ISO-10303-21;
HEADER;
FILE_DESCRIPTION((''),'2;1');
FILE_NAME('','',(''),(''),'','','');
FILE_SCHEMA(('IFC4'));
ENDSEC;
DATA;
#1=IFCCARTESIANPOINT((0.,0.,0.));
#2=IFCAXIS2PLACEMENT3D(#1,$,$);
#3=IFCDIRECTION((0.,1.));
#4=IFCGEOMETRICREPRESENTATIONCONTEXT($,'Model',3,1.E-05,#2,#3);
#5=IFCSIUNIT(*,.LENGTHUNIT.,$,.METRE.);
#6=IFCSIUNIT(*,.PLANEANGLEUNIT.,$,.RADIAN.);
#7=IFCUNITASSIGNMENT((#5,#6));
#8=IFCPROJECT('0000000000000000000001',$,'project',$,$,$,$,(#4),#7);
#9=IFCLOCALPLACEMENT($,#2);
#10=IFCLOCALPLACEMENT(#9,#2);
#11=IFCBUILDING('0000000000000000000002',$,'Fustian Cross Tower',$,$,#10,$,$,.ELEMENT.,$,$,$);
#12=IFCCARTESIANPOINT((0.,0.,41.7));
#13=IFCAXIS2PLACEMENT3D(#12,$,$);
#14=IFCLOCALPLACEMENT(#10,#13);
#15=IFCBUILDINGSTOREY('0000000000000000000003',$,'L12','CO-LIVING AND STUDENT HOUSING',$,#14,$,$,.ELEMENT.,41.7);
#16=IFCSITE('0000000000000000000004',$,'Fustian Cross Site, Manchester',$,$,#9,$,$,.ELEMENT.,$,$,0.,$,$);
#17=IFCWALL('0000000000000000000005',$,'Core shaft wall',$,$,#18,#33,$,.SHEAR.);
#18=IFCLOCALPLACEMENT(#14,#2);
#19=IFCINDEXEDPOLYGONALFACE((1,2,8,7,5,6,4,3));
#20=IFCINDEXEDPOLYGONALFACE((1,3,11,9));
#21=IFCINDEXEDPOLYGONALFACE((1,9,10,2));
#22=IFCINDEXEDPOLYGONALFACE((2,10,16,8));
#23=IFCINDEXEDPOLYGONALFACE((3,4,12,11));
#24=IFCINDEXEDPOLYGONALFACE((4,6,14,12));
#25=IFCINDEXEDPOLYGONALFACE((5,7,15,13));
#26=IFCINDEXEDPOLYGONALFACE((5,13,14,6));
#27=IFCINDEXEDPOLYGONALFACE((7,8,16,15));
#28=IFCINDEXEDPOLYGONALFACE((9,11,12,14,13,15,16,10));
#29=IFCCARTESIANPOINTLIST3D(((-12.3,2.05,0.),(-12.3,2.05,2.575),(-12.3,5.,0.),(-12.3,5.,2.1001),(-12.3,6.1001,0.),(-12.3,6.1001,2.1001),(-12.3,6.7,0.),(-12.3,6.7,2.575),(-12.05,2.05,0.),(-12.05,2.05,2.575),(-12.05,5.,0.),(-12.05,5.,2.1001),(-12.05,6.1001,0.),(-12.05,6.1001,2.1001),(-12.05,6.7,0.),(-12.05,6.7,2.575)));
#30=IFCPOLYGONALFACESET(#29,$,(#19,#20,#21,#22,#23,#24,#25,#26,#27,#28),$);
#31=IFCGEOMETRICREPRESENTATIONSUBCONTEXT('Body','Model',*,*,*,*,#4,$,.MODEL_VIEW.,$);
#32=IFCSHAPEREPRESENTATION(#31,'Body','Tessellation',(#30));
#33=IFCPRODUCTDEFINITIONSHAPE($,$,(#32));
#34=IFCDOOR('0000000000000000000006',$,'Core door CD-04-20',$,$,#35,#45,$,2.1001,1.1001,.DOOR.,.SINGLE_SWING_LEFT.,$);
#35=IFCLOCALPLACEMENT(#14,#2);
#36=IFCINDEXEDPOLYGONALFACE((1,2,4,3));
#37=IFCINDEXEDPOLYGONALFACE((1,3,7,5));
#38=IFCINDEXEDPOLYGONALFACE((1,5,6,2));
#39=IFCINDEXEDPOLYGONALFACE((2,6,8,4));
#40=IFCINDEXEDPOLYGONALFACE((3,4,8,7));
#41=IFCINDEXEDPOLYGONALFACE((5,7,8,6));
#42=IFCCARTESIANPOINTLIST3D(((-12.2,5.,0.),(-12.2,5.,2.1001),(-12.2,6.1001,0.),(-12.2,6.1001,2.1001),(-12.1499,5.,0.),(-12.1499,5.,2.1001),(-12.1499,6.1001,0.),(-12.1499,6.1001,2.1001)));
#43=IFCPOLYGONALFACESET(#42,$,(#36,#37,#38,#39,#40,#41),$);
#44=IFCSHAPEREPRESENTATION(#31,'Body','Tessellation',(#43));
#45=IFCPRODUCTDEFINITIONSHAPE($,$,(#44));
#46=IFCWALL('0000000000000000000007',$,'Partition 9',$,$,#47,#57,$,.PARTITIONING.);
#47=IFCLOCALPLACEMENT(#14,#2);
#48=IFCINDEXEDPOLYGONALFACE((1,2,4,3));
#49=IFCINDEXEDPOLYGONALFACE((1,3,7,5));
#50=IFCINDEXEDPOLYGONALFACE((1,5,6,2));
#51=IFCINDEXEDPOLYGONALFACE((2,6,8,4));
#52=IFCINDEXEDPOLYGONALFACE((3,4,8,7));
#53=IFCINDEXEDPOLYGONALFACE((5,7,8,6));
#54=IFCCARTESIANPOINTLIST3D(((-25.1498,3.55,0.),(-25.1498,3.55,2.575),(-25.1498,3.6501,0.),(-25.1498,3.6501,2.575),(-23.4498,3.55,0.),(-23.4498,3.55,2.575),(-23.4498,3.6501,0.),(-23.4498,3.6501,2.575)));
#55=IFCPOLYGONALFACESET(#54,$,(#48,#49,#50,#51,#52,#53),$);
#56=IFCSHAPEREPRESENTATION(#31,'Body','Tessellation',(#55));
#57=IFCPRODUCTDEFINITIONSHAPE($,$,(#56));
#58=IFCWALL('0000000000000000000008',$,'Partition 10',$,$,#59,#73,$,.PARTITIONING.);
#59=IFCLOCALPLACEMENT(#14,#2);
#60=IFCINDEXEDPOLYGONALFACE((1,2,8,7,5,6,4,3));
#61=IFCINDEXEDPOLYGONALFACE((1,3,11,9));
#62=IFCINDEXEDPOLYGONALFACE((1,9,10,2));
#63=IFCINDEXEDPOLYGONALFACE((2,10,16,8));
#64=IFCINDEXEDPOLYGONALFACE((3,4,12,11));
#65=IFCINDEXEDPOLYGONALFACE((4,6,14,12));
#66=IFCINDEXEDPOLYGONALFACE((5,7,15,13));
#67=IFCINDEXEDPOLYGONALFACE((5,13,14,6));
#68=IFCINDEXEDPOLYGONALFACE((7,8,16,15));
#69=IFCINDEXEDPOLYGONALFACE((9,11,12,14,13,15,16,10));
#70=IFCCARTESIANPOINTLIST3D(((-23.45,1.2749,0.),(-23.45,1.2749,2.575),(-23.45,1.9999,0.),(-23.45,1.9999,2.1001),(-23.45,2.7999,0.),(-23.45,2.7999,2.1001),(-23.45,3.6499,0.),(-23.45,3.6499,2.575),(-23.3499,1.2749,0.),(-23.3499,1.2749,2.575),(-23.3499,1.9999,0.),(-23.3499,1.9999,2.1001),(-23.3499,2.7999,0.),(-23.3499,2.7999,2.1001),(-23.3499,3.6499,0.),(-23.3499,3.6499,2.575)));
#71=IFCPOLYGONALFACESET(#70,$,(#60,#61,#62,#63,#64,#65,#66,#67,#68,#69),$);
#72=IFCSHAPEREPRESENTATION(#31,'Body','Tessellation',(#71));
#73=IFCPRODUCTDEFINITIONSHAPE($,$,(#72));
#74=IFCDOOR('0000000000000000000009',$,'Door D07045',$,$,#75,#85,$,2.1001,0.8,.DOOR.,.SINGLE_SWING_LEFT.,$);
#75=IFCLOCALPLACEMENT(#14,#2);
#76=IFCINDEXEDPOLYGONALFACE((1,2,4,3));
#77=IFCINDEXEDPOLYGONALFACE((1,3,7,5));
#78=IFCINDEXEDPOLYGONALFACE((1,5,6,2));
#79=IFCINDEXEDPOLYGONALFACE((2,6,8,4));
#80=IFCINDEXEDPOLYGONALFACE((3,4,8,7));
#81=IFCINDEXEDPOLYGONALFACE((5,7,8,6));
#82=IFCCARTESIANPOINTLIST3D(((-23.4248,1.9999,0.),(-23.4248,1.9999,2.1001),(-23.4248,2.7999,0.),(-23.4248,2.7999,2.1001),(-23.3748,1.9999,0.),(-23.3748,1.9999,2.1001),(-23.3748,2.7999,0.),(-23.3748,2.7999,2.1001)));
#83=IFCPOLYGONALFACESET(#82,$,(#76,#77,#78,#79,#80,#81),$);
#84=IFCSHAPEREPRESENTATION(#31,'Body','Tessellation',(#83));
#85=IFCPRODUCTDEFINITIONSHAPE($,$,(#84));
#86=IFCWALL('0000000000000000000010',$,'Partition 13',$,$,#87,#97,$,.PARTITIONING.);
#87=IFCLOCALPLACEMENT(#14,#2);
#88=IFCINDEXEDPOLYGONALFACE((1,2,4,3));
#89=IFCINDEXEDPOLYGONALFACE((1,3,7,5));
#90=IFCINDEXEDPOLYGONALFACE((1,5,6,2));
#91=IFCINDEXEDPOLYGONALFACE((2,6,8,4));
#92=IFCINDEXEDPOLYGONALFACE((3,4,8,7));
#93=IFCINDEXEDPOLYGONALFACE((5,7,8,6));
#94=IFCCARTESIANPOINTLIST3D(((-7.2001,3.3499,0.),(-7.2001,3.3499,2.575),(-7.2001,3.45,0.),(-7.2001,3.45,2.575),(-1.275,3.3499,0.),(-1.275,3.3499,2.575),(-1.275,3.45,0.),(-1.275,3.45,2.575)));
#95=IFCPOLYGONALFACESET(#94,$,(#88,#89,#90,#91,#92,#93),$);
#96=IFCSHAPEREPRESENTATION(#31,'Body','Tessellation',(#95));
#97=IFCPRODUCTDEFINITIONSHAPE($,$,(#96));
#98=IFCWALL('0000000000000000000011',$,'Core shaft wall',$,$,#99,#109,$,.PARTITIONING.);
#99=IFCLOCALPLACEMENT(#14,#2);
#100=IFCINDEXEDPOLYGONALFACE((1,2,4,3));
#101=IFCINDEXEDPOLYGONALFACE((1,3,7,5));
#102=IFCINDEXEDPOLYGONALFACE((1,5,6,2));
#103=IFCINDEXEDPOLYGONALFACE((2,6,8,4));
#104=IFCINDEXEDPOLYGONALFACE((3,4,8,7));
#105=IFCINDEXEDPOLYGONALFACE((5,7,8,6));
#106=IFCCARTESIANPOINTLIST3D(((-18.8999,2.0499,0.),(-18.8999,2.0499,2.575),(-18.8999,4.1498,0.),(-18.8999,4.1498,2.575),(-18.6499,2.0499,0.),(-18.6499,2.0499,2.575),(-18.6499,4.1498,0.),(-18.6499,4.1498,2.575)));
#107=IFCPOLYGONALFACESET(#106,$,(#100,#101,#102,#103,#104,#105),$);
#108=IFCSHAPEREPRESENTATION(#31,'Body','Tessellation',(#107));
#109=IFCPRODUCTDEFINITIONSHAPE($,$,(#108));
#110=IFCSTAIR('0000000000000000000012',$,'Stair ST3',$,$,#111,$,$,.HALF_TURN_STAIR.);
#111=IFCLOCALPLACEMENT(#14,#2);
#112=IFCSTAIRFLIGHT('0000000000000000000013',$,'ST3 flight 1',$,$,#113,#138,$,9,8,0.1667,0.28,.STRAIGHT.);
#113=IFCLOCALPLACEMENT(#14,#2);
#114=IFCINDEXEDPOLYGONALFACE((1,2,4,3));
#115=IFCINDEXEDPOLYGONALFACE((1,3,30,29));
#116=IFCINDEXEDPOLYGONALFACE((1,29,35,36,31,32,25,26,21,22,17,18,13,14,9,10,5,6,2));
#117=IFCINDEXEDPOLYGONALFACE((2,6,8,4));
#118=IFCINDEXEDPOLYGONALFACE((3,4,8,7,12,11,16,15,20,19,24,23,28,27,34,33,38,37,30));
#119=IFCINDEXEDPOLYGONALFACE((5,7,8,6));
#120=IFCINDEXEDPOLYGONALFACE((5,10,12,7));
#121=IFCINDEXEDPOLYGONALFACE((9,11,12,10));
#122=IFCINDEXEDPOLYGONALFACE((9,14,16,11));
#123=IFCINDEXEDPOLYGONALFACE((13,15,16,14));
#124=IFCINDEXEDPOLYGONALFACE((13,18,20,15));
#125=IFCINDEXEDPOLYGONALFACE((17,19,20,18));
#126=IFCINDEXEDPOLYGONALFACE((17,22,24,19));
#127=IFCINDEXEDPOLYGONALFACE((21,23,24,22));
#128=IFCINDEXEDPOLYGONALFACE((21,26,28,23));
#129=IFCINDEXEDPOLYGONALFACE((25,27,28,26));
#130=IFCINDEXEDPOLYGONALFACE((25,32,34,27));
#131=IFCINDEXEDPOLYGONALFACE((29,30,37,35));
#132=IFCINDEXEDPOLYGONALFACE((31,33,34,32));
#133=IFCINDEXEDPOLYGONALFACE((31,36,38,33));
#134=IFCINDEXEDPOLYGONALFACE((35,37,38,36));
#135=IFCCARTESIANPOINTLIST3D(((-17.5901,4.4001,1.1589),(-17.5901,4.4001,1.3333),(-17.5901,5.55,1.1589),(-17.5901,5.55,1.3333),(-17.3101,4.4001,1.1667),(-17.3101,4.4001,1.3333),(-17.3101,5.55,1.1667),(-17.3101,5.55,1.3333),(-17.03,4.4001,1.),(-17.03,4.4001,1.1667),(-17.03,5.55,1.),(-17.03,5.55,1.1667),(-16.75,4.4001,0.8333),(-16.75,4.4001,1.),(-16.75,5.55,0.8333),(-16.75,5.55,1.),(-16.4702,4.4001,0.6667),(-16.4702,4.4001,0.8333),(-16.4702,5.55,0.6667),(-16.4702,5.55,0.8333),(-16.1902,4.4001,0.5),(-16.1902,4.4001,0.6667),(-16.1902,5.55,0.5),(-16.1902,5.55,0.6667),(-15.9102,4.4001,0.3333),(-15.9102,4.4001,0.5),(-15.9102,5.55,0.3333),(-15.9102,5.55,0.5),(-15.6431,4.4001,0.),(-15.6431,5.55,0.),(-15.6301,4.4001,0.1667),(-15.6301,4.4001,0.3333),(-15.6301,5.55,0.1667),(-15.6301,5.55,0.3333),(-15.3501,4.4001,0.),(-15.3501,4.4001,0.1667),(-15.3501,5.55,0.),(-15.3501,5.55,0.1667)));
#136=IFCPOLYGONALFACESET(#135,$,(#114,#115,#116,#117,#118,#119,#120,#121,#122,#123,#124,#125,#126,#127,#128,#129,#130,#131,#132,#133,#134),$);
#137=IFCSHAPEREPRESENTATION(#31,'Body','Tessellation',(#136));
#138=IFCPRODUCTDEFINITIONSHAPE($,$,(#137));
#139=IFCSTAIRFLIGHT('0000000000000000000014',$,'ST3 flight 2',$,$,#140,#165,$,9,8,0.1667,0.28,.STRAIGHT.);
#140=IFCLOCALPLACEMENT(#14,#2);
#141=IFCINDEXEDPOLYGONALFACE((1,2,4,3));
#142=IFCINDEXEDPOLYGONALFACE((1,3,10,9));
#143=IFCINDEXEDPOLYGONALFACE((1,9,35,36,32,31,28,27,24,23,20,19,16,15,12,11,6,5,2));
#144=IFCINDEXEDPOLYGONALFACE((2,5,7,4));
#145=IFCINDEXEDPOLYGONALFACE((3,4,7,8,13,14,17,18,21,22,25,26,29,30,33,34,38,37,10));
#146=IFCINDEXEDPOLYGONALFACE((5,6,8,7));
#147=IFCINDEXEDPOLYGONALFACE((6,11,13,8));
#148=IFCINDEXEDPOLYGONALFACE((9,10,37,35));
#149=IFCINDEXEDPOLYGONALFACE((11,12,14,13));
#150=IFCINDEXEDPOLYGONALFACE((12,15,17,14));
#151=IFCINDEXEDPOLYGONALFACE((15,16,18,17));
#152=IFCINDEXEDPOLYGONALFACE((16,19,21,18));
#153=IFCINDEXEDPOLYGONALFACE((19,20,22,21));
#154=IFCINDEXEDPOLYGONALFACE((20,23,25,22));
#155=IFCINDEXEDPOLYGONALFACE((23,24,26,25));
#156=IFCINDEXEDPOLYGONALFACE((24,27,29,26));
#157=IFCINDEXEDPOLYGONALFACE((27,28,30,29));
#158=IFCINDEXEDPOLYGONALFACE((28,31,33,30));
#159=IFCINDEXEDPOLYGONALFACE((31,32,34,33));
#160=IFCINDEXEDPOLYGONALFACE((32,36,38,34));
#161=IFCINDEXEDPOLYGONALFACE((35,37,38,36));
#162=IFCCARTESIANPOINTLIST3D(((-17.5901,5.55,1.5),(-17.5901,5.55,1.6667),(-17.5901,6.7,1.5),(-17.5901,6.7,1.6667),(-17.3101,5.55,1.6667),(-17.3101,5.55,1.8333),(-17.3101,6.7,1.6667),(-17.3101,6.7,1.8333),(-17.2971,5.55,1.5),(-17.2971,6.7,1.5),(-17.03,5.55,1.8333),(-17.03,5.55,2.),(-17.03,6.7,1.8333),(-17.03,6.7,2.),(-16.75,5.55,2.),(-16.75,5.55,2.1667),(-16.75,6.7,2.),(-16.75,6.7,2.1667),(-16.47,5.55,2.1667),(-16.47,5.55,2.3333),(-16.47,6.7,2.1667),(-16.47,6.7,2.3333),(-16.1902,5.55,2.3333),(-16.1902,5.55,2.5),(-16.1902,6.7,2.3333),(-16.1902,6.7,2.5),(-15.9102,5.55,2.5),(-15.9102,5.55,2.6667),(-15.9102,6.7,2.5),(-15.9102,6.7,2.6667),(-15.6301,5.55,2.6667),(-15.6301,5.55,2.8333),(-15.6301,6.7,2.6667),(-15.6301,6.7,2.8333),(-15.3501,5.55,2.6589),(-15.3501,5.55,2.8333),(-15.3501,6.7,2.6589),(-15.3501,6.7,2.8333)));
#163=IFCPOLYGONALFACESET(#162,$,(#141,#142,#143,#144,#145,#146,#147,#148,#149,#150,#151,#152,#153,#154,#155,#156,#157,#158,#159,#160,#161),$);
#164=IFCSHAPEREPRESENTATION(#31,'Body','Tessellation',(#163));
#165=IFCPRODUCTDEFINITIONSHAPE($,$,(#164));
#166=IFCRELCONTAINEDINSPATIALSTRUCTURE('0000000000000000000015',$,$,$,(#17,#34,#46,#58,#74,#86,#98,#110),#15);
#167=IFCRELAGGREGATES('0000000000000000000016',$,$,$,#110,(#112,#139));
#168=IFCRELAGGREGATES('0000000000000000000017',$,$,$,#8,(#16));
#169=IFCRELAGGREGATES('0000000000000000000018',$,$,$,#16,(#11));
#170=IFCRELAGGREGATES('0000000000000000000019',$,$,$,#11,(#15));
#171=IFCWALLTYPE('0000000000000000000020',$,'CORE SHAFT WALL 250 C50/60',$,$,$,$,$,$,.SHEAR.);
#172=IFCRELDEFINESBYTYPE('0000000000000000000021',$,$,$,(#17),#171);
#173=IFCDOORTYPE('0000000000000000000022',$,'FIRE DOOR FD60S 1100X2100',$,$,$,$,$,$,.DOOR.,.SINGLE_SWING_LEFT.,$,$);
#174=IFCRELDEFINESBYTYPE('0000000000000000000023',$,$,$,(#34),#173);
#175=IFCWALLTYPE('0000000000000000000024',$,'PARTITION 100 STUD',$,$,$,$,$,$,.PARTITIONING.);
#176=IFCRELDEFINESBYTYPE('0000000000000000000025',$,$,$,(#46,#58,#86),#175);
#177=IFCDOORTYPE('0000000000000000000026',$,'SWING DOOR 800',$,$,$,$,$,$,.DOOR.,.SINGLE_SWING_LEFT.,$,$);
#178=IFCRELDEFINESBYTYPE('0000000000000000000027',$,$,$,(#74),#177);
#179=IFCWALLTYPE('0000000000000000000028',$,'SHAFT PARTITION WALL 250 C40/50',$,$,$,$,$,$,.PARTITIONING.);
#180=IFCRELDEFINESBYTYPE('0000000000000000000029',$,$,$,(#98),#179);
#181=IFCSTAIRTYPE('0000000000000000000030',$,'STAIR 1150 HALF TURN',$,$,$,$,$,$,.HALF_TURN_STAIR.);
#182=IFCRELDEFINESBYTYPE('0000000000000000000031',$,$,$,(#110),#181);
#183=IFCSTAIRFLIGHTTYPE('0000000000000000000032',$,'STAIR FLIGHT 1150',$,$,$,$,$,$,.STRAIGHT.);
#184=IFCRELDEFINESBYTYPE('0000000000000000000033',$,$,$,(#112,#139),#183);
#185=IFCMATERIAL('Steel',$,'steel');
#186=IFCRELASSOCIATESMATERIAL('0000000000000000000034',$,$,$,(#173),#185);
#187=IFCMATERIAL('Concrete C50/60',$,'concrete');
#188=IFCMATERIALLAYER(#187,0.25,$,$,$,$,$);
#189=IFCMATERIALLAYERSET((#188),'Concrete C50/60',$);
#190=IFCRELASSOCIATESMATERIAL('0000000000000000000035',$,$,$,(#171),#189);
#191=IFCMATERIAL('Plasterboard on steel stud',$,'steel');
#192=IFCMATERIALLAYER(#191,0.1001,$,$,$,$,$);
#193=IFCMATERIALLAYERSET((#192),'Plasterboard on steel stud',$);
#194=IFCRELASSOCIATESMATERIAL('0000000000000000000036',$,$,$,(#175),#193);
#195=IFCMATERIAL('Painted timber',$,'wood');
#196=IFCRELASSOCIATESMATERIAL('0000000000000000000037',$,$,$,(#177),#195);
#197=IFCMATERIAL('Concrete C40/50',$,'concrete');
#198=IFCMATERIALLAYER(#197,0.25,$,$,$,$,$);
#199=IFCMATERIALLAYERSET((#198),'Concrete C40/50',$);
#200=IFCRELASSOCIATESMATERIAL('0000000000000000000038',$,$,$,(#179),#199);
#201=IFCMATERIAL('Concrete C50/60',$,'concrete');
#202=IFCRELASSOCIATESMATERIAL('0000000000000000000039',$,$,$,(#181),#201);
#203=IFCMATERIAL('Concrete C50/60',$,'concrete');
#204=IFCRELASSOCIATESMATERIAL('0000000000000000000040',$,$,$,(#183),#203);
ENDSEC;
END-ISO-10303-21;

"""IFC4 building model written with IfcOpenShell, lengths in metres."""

from ifc_helpers import new_model, si_unit, direction, frame, frame_2d, origin, place, context, subcontext, project, spatial, polyline, rectangle, outline, extrude, material, layer, layer_set, type_object, element, fill, aggregate, save


model = new_model("IFC4")

# Units and contexts
model_context = context("Model", 3, precision=1e-05, world=origin(), true_north=direction((0.0, 1.0)))
body_context = subcontext(model_context, "Body", "Model", "MODEL_VIEW")
ifc_project = project(units=[si_unit("LENGTHUNIT", "METRE"), si_unit("PLANEANGLEUNIT", "RADIAN")], contexts=[model_context])

# Site, building, storey
site_placement = place(None, origin())
site = spatial("IfcSite", under=ifc_project, at=site_placement, Name="Fustian Cross Site, Manchester", CompositionType="ELEMENT", RefElevation=0.0)
building_placement = place(site_placement, origin())
building = spatial("IfcBuilding", under=site, at=building_placement, Name="Fustian Cross Tower", CompositionType="ELEMENT")
storey_placement = place(building_placement, frame((0.0, 0.0, 41.7)))
storey = spatial("IfcBuildingStorey", under=building, at=storey_placement, Name="L12", Description="CO-LIVING AND STUDENT HOUSING", CompositionType="ELEMENT", Elevation=41.7)

# Shared definitions
ifc_material_1 = material(Name="Steel", Category="steel")
door_type_1 = type_object("IfcDoorType", Name="FIRE DOOR FD60S 1100X2100", OperationType="SINGLE_SWING_LEFT", PredefinedType="DOOR", material=ifc_material_1)

# Shared definitions
ifc_material_2 = material(Name="Concrete C50/60", Category="concrete")
ifc_layer_1 = layer(ifc_material_2, 0.25)
ifc_layer_set_1 = layer_set([ifc_layer_1], Name="Concrete C50/60")
wall_type_1 = type_object("IfcWallType", Name="CORE SHAFT WALL 250 C50/60", PredefinedType="SHEAR", material=ifc_layer_set_1)

# Wall, opening, door
wall_1_placement = place(storey_placement, frame((-12.175, 2.05, 0.0), z_axis=(0.0, 0.0, 1.0), x_axis=(0.0, 1.0, 0.0)))
wall_1 = element("IfcWall", 1, at=wall_1_placement, inside=storey, type_object=wall_type_1, Name="Core shaft wall", PredefinedType="SHEAR", context=body_context, shape_type="SweptSolid", body=[
    extrude(rectangle(XDim=4.6499, YDim=0.25, at=frame_2d((2.325, 0.0))), origin(), (0.0, 0.0, 1.0), 2.575),
])
opening_1_placement = place(wall_1_placement, frame((2.95, 0.0, 0.0)))
opening_1 = element("IfcOpeningElement", 2, at=opening_1_placement, cuts=wall_1, PredefinedType="OPENING", context=body_context, shape_type="SweptSolid", body=[
    extrude(rectangle(XDim=1.1001, YDim=2.1001, at=frame_2d((0.55, 1.05))), frame((0.0, 0.135, 0.0), z_axis=(0.0, -1.0, 0.0), x_axis=(1.0, 0.0, 0.0)), (0.0, 0.0, 1.0), 0.27),
])
door_1_placement = place(opening_1_placement, origin())
door_1 = element("IfcDoor", 3, at=door_1_placement, inside=storey, type_object=door_type_1, Name="Core door CD-04-20", OperationType="SINGLE_SWING_LEFT", OverallHeight=2.1001, OverallWidth=1.1001, PredefinedType="DOOR", context=body_context, shape_type="SweptSolid", body=[
    extrude(rectangle(XDim=1.1001, YDim=2.1001, at=frame_2d((0.55, 1.05))), frame((0.0, 0.0249, 0.0), z_axis=(0.0, -1.0, 0.0), x_axis=(1.0, 0.0, 0.0)), (0.0, 0.0, 1.0), 0.05),
])
fill(opening_1, door_1)

# Wall
ifc_material_3 = material(Name="Plasterboard on steel stud", Category="steel")
ifc_layer_2 = layer(ifc_material_3, 0.1001)
ifc_layer_set_2 = layer_set([ifc_layer_2], Name="Plasterboard on steel stud")
wall_type_2 = type_object("IfcWallType", Name="PARTITION 100 STUD", PredefinedType="PARTITIONING", material=ifc_layer_set_2)
wall_2_placement = place(storey_placement, frame((-25.1499, 3.6001, 0.0), z_axis=(0.0, 0.0, 1.0), x_axis=(1.0, 0.0, 0.0)))
element("IfcWall", 4, at=wall_2_placement, inside=storey, type_object=wall_type_2, Name="Partition 9", PredefinedType="PARTITIONING", context=body_context, shape_type="SweptSolid", body=[
    extrude(rectangle(XDim=1.7, YDim=0.1001, at=frame_2d((0.8501, 0.0))), origin(), (0.0, 0.0, 1.0), 2.575),
])

# Wall, opening, door
wall_3_placement = place(storey_placement, frame((-23.3999, 1.2749, 0.0), z_axis=(0.0, 0.0, 1.0), x_axis=(0.0, 1.0, 0.0)))
wall_3 = element("IfcWall", 5, at=wall_3_placement, inside=storey, type_object=wall_type_2, Name="Partition 10", PredefinedType="PARTITIONING", context=body_context, shape_type="SweptSolid", body=[
    extrude(rectangle(XDim=2.375, YDim=0.1001, at=frame_2d((1.1875, 0.0))), origin(), (0.0, 0.0, 1.0), 2.575),
])
opening_2_placement = place(wall_3_placement, frame((0.7251, 0.0, 0.0)))
opening_2 = element("IfcOpeningElement", 6, at=opening_2_placement, cuts=wall_3, PredefinedType="OPENING", context=body_context, shape_type="SweptSolid", body=[
    extrude(rectangle(XDim=0.8, YDim=2.1001, at=frame_2d((0.3999, 1.05))), frame((0.0, 0.0601, 0.0), z_axis=(0.0, -1.0, 0.0), x_axis=(1.0, 0.0, 0.0)), (0.0, 0.0, 1.0), 0.1201),
])
ifc_material_4 = material(Name="Painted timber", Category="wood")
door_type_2 = type_object("IfcDoorType", Name="SWING DOOR 800", OperationType="SINGLE_SWING_LEFT", PredefinedType="DOOR", material=ifc_material_4)
door_2_placement = place(opening_2_placement, origin())
door_2 = element("IfcDoor", 7, at=door_2_placement, inside=storey, type_object=door_type_2, Name="Door D07045", OperationType="SINGLE_SWING_LEFT", OverallHeight=2.1001, OverallWidth=0.8, PredefinedType="DOOR", context=body_context, shape_type="SweptSolid", body=[
    extrude(rectangle(XDim=0.8, YDim=2.1001, at=frame_2d((0.3999, 1.05))), frame((0.0, 0.0249, 0.0), z_axis=(0.0, -1.0, 0.0), x_axis=(1.0, 0.0, 0.0)), (0.0, 0.0, 1.0), 0.05),
])
fill(opening_2, door_2)

# Walls
wall_4_placement = place(storey_placement, frame((-7.2, 3.3999, 0.0), z_axis=(0.0, 0.0, 1.0), x_axis=(1.0, 0.0, 0.0)))
element("IfcWall", 8, at=wall_4_placement, inside=storey, type_object=wall_type_2, Name="Partition 13", PredefinedType="PARTITIONING", context=body_context, shape_type="SweptSolid", body=[
    extrude(rectangle(XDim=5.925, YDim=0.1001, at=frame_2d((2.9624, 0.0))), origin(), (0.0, 0.0, 1.0), 2.575),
])
ifc_material_5 = material(Name="Concrete C40/50", Category="concrete")
ifc_layer_3 = layer(ifc_material_5, 0.25)
ifc_layer_set_3 = layer_set([ifc_layer_3], Name="Concrete C40/50")
wall_type_3 = type_object("IfcWallType", Name="SHAFT PARTITION WALL 250 C40/50", PredefinedType="PARTITIONING", material=ifc_layer_set_3)
wall_5_placement = place(storey_placement, frame((-18.7749, 2.05, 0.0), z_axis=(0.0, 0.0, 1.0), x_axis=(0.0, 1.0, 0.0)))
element("IfcWall", 9, at=wall_5_placement, inside=storey, type_object=wall_type_3, Name="Core shaft wall", PredefinedType="PARTITIONING", context=body_context, shape_type="SweptSolid", body=[
    extrude(rectangle(XDim=2.0999, YDim=0.25, at=frame_2d((1.0498, 0.0))), origin(), (0.0, 0.0, 1.0), 2.575),
])

# Stair, stair flights
ifc_material_6 = material(Name="Concrete C50/60", Category="concrete")
stair_type = type_object("IfcStairType", Name="STAIR 1150 HALF TURN", PredefinedType="HALF_TURN_STAIR", material=ifc_material_6)
stair_placement = place(storey_placement, origin())
stair = element("IfcStair", 10, at=stair_placement, inside=storey, type_object=stair_type, Name="Stair ST3", PredefinedType="HALF_TURN_STAIR")
ifc_material_7 = material(Name="Concrete C50/60", Category="concrete")
stair_flight_type = type_object("IfcStairFlightType", Name="STAIR FLIGHT 1150", PredefinedType="STRAIGHT", material=ifc_material_7)
stair_flight_1_placement = place(storey_placement, frame((-15.3501, 4.9751, 0.0), z_axis=(0.0, 0.0, 1.0), x_axis=(-1.0, 0.0, 0.0)))
stair_flight_1 = element("IfcStairFlight", 11, at=stair_flight_1_placement, type_object=stair_flight_type, Name="ST3 flight 1", NumberOfRisers=9, NumberOfTreads=8, PredefinedType="STRAIGHT", RiserHeight=0.1667, TreadLength=0.28, context=body_context, shape_type="SweptSolid", body=[
    extrude(outline(polyline([(0.0, 0.0), (0.0, 0.1667), (0.28, 0.1667), (0.28, 0.3333), (0.5601, 0.3333), (0.5601, 0.5), (0.8401, 0.5), (0.8401, 0.6667), (1.1201, 0.6667), (1.1201, 0.8333), (1.3999, 0.8333), (1.3999, 1.0), (1.6799, 1.0), (1.6799, 1.1667), (1.96, 1.1667), (1.96, 1.3333), (2.24, 1.3333), (2.24, 1.5), (2.24, 1.1589), (0.293, 0.0), (0.0, 0.0)])), frame((0.0, 0.575, 0.0), z_axis=(0.0, -1.0, 0.0), x_axis=(1.0, 0.0, 0.0)), (0.0, 0.0, 1.0), 1.1499),
])
stair_flight_2_placement = place(storey_placement, frame((-17.5901, 6.125, 1.5), z_axis=(0.0, 0.0, 1.0), x_axis=(1.0, 0.0, 0.0)))
stair_flight_2 = element("IfcStairFlight", 12, at=stair_flight_2_placement, type_object=stair_flight_type, Name="ST3 flight 2", NumberOfRisers=9, NumberOfTreads=8, PredefinedType="STRAIGHT", RiserHeight=0.1667, TreadLength=0.28, context=body_context, shape_type="SweptSolid", body=[
    extrude(outline(polyline([(0.0, 0.0), (0.0, 0.1667), (0.28, 0.1667), (0.28, 0.3333), (0.5601, 0.3333), (0.5601, 0.5), (0.8401, 0.5), (0.8401, 0.6667), (1.1201, 0.6667), (1.1201, 0.8333), (1.3999, 0.8333), (1.3999, 1.0), (1.6799, 1.0), (1.6799, 1.1667), (1.96, 1.1667), (1.96, 1.3333), (2.24, 1.3333), (2.24, 1.5), (2.24, 1.1589), (0.293, 0.0), (0.0, 0.0)])), frame((0.0, 0.575, 0.0), z_axis=(0.0, -1.0, 0.0), x_axis=(1.0, 0.0, 0.0)), (0.0, 0.0, 1.0), 1.1499),
])
aggregate(stair, [stair_flight_1, stair_flight_2])

save(model, "model.ifc")
